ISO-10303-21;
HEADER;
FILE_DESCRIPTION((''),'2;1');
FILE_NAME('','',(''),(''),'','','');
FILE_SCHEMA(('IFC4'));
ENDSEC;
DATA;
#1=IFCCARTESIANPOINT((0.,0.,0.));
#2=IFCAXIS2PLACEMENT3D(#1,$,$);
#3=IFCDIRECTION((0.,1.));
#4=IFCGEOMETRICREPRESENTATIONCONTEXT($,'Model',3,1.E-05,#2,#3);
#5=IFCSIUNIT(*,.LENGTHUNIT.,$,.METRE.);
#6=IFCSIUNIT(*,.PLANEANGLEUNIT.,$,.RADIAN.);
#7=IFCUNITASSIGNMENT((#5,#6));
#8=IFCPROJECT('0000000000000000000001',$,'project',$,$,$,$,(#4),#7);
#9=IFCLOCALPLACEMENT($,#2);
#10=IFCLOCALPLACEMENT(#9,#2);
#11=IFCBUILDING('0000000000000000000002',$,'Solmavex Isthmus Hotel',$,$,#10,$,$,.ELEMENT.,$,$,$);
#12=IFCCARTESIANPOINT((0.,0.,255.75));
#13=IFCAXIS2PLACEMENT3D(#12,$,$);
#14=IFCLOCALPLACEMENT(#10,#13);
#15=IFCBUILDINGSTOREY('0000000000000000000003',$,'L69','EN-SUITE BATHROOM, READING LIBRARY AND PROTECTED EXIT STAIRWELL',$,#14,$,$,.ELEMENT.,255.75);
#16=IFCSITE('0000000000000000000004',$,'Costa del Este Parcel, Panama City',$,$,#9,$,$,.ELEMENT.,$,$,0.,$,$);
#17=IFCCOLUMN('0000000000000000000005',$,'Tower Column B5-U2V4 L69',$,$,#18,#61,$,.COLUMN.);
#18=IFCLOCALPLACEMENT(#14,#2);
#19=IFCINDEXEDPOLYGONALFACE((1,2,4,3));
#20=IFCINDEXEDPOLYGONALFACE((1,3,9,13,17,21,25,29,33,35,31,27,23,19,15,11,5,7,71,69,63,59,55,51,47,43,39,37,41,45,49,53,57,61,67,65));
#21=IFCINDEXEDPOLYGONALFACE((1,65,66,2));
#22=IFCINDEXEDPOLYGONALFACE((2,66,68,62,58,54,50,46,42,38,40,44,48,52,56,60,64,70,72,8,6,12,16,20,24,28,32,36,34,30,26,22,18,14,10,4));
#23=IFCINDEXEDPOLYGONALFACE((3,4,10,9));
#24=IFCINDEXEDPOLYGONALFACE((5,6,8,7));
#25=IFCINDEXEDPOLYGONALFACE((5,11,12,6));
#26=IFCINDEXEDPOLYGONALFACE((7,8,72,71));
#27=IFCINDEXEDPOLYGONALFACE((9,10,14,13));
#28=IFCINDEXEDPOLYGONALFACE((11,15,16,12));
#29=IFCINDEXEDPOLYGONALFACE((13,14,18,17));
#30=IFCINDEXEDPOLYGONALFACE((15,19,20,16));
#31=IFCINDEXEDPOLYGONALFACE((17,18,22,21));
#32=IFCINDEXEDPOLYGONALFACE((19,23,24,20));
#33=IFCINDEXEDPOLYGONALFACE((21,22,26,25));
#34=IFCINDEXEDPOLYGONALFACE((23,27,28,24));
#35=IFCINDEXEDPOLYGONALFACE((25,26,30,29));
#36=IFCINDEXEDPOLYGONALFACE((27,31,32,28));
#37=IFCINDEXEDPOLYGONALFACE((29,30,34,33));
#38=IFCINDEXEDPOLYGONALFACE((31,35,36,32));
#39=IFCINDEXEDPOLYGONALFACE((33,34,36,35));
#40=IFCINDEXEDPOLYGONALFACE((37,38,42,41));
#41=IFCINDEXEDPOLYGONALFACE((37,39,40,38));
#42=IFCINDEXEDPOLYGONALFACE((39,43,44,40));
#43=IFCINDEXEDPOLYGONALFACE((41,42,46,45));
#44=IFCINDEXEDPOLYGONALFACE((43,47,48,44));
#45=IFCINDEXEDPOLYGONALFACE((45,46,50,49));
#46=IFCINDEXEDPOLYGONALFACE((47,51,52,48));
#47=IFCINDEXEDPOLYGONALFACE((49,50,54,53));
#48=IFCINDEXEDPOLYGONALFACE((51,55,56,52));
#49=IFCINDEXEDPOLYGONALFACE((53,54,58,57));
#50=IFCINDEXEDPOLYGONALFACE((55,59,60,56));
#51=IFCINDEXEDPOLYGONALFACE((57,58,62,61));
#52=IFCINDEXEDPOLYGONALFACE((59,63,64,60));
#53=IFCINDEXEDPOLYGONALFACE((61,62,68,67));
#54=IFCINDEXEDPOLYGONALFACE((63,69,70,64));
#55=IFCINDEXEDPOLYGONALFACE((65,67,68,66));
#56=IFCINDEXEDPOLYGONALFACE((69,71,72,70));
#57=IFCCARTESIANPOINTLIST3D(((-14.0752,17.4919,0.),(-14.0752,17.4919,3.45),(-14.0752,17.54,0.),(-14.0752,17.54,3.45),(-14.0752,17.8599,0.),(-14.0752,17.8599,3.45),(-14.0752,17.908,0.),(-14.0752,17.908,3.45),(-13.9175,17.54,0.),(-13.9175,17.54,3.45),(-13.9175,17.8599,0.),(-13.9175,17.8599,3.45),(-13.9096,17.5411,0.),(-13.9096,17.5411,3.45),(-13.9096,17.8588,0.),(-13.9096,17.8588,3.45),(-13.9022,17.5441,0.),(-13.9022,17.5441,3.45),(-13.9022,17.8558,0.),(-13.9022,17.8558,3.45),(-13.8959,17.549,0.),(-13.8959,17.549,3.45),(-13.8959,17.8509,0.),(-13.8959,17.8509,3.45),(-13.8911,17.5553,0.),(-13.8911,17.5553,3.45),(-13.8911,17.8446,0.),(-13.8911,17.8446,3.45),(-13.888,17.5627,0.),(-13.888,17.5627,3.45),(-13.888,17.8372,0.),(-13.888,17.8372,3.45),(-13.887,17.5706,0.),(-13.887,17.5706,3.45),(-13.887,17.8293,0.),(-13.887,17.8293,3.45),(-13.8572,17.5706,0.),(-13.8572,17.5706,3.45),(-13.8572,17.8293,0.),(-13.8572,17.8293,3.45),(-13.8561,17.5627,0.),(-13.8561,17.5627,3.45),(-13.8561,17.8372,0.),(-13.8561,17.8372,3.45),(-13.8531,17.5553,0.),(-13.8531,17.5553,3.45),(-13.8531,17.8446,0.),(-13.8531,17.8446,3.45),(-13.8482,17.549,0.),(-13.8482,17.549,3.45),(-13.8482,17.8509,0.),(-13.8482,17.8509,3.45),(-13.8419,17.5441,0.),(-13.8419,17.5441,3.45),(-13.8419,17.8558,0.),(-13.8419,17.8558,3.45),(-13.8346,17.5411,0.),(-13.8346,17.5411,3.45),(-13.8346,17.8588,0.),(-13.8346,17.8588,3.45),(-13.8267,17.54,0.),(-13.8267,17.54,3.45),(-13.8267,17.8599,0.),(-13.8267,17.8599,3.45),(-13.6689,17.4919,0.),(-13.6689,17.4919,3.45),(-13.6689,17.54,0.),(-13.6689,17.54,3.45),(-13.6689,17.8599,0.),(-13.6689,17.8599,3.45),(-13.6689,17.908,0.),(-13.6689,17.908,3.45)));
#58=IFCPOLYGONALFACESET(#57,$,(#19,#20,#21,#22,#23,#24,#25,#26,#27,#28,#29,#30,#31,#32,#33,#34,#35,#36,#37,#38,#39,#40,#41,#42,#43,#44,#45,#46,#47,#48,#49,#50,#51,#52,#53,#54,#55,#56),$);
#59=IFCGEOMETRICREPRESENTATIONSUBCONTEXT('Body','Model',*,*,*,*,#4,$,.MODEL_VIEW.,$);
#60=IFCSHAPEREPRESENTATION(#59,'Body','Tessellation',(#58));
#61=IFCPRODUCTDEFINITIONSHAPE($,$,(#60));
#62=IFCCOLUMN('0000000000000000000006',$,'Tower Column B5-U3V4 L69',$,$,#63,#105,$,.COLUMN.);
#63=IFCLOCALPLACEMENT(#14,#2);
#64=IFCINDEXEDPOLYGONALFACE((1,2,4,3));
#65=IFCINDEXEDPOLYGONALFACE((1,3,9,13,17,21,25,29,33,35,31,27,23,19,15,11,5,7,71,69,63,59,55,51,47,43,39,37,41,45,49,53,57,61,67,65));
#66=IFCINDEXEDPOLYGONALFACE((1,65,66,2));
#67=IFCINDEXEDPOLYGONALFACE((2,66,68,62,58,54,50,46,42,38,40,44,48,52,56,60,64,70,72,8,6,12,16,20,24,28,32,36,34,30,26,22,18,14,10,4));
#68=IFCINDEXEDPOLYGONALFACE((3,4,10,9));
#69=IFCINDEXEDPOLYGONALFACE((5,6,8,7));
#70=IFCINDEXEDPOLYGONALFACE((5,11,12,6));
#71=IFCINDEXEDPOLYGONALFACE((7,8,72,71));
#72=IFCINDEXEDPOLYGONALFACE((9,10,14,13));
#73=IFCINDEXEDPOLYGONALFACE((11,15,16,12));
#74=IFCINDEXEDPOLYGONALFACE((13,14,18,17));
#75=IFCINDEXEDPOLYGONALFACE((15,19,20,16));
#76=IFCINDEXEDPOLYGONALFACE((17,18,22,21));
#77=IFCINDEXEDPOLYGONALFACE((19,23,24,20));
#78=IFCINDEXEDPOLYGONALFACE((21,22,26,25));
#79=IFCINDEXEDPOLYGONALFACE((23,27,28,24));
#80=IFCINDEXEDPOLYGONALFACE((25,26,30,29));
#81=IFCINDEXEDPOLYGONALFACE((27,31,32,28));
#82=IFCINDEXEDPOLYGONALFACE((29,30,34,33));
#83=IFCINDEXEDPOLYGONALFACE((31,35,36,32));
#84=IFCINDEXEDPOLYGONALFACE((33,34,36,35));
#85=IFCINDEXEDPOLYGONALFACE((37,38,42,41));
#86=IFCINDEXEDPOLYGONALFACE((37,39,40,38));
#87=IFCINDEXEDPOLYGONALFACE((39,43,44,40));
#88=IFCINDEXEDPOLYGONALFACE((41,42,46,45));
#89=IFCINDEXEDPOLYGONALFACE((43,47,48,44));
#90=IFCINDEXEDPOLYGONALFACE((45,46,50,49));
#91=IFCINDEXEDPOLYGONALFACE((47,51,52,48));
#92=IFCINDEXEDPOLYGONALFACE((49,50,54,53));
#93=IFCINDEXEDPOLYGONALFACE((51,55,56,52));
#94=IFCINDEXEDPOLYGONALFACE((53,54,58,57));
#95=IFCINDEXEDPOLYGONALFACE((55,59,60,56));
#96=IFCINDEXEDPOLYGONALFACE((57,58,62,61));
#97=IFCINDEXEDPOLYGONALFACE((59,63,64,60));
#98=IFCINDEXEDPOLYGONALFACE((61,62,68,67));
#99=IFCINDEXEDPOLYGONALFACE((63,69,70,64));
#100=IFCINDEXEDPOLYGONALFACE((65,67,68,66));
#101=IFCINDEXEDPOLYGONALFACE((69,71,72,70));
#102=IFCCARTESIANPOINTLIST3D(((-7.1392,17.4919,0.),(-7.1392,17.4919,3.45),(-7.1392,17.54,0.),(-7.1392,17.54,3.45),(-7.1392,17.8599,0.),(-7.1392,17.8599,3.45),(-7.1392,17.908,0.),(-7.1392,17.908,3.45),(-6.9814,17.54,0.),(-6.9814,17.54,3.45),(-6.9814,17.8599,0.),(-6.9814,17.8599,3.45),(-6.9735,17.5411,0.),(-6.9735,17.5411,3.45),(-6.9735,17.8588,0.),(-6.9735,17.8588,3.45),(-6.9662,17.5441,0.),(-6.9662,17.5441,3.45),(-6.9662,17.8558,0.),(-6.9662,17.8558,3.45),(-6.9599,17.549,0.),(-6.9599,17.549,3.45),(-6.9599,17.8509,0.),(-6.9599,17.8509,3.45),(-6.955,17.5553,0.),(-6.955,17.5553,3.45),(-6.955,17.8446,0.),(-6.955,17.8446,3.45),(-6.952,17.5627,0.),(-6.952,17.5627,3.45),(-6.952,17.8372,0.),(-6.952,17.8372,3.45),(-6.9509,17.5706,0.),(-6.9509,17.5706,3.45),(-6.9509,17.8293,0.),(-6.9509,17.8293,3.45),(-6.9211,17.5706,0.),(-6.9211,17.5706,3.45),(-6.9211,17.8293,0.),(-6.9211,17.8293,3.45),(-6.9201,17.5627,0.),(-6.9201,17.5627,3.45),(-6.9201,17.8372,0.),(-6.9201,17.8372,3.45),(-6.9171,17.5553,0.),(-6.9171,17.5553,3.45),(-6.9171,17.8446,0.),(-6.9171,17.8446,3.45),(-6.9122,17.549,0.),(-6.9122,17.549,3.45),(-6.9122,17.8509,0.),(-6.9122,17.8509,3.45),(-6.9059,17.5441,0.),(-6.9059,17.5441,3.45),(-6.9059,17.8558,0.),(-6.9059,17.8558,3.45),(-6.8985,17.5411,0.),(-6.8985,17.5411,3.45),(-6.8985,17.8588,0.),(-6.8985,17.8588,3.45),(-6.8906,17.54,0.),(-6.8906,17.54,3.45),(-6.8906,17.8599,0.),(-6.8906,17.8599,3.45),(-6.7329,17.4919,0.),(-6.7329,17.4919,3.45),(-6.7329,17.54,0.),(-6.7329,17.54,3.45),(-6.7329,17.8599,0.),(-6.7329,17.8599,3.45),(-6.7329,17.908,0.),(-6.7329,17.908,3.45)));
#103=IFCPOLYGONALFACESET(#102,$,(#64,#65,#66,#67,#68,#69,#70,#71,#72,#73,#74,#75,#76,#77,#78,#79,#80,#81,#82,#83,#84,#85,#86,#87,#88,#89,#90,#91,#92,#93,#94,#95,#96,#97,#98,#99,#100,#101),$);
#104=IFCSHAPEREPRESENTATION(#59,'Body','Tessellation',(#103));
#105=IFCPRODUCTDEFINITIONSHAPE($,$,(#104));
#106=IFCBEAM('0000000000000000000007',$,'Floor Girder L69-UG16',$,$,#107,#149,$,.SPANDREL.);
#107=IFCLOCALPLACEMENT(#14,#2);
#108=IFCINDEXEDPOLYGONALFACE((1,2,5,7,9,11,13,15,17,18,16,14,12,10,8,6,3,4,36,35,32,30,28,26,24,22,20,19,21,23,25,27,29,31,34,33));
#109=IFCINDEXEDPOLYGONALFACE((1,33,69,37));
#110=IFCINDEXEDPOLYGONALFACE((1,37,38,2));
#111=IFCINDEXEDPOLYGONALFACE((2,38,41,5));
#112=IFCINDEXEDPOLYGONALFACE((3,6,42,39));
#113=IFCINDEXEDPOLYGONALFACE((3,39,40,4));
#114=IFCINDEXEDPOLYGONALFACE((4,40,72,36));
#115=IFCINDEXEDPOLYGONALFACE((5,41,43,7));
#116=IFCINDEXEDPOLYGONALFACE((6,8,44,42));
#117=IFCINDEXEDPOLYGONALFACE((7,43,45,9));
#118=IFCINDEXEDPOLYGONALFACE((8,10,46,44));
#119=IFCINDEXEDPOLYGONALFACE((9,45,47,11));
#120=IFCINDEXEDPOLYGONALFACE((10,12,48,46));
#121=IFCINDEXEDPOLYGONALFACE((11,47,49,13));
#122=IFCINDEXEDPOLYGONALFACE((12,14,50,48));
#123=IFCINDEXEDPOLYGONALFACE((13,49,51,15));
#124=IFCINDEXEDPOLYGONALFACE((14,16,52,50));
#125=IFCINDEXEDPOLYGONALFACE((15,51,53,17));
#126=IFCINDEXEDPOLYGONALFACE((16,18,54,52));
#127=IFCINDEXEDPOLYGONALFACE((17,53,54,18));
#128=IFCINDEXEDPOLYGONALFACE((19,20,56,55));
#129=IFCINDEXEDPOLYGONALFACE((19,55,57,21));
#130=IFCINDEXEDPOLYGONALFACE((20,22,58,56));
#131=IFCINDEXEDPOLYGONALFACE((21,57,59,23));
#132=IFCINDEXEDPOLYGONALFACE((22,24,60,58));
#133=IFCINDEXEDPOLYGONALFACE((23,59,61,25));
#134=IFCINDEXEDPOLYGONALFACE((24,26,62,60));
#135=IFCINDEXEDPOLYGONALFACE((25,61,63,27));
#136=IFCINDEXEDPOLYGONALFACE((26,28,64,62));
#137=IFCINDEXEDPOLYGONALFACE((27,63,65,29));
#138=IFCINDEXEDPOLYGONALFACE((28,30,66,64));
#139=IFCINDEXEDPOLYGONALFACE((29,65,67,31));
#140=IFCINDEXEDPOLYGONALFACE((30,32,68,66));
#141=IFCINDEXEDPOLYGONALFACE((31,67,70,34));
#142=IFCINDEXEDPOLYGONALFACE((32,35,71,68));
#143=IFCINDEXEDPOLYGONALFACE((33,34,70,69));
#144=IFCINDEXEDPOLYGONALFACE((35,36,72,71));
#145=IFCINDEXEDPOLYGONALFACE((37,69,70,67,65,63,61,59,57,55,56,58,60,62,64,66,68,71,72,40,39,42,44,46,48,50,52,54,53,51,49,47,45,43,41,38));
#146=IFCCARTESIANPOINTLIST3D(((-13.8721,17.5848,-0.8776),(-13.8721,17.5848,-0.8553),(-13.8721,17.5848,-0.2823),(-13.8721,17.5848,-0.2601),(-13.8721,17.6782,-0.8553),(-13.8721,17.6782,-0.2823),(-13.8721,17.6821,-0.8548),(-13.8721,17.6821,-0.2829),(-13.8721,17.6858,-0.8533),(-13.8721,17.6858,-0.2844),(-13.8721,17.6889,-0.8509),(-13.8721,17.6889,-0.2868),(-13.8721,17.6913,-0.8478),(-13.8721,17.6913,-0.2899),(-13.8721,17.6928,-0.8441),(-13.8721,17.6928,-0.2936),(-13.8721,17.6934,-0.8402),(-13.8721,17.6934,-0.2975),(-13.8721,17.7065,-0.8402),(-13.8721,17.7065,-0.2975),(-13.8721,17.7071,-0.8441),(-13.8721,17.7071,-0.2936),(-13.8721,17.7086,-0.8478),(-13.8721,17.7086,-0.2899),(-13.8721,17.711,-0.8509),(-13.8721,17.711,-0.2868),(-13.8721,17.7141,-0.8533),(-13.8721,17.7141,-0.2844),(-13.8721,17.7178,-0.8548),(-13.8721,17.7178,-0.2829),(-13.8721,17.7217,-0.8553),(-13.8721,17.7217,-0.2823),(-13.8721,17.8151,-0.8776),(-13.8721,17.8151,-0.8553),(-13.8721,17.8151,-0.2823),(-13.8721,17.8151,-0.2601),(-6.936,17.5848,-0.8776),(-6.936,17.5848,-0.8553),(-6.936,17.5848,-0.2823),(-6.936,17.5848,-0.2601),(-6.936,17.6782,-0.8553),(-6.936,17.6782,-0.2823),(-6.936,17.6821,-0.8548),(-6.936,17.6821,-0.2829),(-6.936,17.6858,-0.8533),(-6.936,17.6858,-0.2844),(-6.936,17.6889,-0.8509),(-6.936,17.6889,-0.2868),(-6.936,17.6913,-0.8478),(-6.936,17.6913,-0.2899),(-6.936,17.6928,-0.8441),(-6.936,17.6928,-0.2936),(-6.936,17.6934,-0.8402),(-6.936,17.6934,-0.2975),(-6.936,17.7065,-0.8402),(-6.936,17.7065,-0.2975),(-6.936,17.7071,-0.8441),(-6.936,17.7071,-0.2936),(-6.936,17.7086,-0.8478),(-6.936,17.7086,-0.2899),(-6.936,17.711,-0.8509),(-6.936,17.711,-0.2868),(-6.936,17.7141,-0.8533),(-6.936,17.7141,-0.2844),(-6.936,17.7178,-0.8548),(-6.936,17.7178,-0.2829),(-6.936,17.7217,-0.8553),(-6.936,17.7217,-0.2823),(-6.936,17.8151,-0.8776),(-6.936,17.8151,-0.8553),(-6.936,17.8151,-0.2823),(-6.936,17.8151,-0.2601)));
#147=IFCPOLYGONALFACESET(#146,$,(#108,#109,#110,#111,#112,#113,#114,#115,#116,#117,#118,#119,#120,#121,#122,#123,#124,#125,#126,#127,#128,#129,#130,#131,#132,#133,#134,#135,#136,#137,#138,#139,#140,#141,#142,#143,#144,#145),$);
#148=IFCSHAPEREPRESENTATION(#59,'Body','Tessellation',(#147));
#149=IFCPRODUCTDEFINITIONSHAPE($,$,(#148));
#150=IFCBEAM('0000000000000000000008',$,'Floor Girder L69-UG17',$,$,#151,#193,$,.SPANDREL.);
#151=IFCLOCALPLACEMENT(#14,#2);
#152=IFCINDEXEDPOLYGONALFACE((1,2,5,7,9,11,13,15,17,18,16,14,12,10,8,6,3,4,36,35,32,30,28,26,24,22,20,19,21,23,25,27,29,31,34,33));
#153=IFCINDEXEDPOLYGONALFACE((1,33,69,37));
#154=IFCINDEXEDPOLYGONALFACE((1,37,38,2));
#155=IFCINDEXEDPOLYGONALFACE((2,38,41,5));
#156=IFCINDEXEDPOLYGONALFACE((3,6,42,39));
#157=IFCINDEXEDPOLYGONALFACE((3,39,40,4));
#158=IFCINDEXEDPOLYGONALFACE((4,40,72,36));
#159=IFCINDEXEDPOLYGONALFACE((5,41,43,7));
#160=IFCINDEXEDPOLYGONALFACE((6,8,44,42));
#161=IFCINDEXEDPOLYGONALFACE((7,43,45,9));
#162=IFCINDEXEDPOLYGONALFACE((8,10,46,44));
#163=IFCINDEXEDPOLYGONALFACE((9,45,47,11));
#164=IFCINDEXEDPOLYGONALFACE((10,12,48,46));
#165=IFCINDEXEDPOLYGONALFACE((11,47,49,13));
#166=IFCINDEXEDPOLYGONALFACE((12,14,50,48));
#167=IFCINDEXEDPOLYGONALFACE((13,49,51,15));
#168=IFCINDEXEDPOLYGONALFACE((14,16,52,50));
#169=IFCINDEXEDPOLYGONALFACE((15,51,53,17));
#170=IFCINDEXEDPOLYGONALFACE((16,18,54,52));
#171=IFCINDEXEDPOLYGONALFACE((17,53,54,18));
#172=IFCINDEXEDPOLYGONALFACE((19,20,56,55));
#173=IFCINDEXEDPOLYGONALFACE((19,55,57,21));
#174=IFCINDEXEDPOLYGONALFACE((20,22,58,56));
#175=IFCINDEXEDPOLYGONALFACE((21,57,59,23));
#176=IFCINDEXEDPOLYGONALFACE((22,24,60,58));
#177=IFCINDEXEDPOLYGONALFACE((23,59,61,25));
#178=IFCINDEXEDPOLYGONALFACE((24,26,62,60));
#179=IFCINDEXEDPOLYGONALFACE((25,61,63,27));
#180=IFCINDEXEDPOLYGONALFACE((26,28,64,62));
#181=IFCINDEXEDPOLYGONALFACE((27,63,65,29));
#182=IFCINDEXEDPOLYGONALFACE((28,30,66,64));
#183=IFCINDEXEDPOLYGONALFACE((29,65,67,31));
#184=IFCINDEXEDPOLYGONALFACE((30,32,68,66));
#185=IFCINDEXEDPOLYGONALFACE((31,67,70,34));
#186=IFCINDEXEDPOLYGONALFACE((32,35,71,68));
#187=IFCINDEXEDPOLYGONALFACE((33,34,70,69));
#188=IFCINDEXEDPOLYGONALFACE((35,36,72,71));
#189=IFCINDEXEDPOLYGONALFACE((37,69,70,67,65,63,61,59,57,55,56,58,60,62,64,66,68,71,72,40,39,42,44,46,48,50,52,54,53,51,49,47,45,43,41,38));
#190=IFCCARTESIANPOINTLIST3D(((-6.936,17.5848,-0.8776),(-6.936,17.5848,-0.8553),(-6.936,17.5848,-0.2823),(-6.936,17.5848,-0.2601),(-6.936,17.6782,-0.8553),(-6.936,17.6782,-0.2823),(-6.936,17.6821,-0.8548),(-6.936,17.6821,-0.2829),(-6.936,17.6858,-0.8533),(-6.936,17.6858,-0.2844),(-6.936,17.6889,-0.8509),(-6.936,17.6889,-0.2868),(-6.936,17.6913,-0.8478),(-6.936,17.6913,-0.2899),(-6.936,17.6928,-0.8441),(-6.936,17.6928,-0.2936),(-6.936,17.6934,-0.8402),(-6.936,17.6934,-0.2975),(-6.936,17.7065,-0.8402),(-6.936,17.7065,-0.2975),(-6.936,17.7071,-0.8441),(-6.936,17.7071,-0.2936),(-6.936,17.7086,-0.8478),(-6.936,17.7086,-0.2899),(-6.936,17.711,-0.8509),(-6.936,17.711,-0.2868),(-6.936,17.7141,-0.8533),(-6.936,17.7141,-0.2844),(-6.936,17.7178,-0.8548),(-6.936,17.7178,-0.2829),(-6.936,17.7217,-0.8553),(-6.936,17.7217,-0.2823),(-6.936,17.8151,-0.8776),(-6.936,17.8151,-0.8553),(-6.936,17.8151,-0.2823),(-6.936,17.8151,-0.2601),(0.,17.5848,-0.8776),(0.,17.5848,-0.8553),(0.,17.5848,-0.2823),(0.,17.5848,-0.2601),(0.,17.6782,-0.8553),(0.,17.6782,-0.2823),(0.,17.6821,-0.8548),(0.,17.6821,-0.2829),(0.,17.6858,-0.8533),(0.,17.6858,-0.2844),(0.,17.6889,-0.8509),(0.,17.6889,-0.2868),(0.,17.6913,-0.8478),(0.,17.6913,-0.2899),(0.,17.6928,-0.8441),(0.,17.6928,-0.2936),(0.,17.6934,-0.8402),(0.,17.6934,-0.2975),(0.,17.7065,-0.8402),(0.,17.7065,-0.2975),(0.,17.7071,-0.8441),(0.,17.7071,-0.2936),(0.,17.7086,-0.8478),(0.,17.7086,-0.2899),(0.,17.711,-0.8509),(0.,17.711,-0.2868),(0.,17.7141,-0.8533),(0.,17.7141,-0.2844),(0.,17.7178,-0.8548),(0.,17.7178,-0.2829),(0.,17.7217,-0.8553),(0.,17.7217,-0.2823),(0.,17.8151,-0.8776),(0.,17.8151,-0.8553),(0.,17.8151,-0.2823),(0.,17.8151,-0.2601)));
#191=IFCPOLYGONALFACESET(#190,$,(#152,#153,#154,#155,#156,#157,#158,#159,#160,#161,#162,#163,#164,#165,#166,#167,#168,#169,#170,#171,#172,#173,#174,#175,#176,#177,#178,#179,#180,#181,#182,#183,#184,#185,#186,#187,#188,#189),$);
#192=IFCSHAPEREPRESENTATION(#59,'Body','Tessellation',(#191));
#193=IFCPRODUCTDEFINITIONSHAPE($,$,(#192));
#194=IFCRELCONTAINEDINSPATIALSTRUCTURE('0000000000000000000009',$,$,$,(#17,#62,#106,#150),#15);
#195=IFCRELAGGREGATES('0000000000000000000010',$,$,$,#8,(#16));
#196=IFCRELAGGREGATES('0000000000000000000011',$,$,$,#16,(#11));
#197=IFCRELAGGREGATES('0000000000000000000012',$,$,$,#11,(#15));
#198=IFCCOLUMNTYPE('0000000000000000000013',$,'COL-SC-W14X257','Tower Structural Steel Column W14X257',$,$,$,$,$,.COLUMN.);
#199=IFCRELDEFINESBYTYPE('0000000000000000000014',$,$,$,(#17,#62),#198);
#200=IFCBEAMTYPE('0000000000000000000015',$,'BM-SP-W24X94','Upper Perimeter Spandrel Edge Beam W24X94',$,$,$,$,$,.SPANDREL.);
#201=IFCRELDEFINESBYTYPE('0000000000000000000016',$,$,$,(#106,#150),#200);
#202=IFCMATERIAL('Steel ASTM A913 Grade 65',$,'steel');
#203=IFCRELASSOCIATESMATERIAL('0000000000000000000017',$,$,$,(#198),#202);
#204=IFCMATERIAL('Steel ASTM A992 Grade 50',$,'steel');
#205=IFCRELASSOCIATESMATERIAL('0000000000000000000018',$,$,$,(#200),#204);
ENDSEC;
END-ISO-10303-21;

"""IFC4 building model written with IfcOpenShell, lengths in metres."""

from ifc_helpers import new_model, si_unit, direction, frame, origin, origin_2d, place, context, subcontext, project, spatial, i_section, extrude, material, material_profile, profile_set, type_object, element, save


model = new_model("IFC4")

# Units and contexts
model_context = context("Model", 3, precision=1e-05, world=origin(), true_north=direction((0.0, 1.0)))
body_context = subcontext(model_context, "Body", "Model", "MODEL_VIEW")
ifc_project = project(units=[si_unit("LENGTHUNIT", "METRE"), si_unit("PLANEANGLEUNIT", "RADIAN")], contexts=[model_context])

# Site, building, storey
site_placement = place(None, origin())
site = spatial("IfcSite", under=ifc_project, at=site_placement, Name="Costa del Este Parcel, Panama City", CompositionType="ELEMENT", RefElevation=0.0)
building_placement = place(site_placement, origin())
building = spatial("IfcBuilding", under=site, at=building_placement, Name="Solmavex Isthmus Hotel", CompositionType="ELEMENT")
storey_placement = place(building_placement, frame((0.0, 0.0, 255.75)))
storey = spatial("IfcBuildingStorey", under=building, at=storey_placement, Name="L69", Description="EN-SUITE BATHROOM, READING LIBRARY AND PROTECTED EXIT STAIRWELL", CompositionType="ELEMENT", Elevation=255.75)

# Columns
ifc_material_1 = material(Name="Steel ASTM A913 Grade 65", Category="steel")
ifc_material_profile_1 = material_profile(ifc_material_1, i_section(OverallWidth=0.4062, OverallDepth=0.416, WebThickness=0.0298, FlangeThickness=0.0481, FilletRadius=0.0305, at=origin_2d()), Name="W14X257")
ifc_profile_set_1 = profile_set([ifc_material_profile_1], Name="Steel ASTM A913 Grade 65")
column_type = type_object("IfcColumnType", Name="COL-SC-W14X257", Description="Tower Structural Steel Column W14X257", PredefinedType="COLUMN", material=ifc_profile_set_1)
for number, where, z_axis, x_axis, name in (
    (1, (-13.8721, 17.7, 0.0), (0.0, 0.0, 1.0), (1.0, 0.0, 0.0), "Tower Column B5-U2V4 L69"),
    (2, (-6.936, 17.7, 0.0), (0.0, 0.0, 1.0), (1.0, 0.0, 0.0), "Tower Column B5-U3V4 L69"),
):
    element("IfcColumn", number, at=place(storey_placement, frame(where, z_axis=z_axis, x_axis=x_axis)), inside=storey, type_object=column_type, Name=name, PredefinedType="COLUMN", context=body_context, shape_type="SweptSolid", body=[
        extrude(i_section(OverallWidth=0.4062, OverallDepth=0.416, WebThickness=0.0298, FlangeThickness=0.0481, FilletRadius=0.0305, at=origin_2d()), origin(), (0.0, 0.0, 1.0), 3.45),
    ])

# Beams
ifc_material_2 = material(Name="Steel ASTM A992 Grade 50", Category="steel")
ifc_material_profile_2 = material_profile(ifc_material_2, i_section(OverallWidth=0.2302, OverallDepth=0.6174, WebThickness=0.0132, FlangeThickness=0.0222, FilletRadius=0.0151, at=origin_2d()), Name="W24X94")
ifc_profile_set_2 = profile_set([ifc_material_profile_2], Name="Steel ASTM A992 Grade 50")
beam_type = type_object("IfcBeamType", Name="BM-SP-W24X94", Description="Upper Perimeter Spandrel Edge Beam W24X94", PredefinedType="SPANDREL", material=ifc_profile_set_2)
for number, where, z_axis, x_axis, name in (
    (3, (-13.8721, 17.7, -0.5688), (1.0, 0.0, 0.0), (0.0, 1.0, 0.0), "Floor Girder L69-UG16"),
    (4, (-6.936, 17.7, -0.5688), (1.0, 0.0, 0.0), (0.0, 1.0, 0.0), "Floor Girder L69-UG17"),
):
    element("IfcBeam", number, at=place(storey_placement, frame(where, z_axis=z_axis, x_axis=x_axis)), inside=storey, type_object=beam_type, Name=name, PredefinedType="SPANDREL", context=body_context, shape_type="SweptSolid", body=[
        extrude(i_section(OverallWidth=0.2302, OverallDepth=0.6174, WebThickness=0.0132, FlangeThickness=0.0222, FilletRadius=0.0151, at=origin_2d()), origin(), (0.0, 0.0, 1.0), 6.936),
    ])

save(model, "model.ifc")
